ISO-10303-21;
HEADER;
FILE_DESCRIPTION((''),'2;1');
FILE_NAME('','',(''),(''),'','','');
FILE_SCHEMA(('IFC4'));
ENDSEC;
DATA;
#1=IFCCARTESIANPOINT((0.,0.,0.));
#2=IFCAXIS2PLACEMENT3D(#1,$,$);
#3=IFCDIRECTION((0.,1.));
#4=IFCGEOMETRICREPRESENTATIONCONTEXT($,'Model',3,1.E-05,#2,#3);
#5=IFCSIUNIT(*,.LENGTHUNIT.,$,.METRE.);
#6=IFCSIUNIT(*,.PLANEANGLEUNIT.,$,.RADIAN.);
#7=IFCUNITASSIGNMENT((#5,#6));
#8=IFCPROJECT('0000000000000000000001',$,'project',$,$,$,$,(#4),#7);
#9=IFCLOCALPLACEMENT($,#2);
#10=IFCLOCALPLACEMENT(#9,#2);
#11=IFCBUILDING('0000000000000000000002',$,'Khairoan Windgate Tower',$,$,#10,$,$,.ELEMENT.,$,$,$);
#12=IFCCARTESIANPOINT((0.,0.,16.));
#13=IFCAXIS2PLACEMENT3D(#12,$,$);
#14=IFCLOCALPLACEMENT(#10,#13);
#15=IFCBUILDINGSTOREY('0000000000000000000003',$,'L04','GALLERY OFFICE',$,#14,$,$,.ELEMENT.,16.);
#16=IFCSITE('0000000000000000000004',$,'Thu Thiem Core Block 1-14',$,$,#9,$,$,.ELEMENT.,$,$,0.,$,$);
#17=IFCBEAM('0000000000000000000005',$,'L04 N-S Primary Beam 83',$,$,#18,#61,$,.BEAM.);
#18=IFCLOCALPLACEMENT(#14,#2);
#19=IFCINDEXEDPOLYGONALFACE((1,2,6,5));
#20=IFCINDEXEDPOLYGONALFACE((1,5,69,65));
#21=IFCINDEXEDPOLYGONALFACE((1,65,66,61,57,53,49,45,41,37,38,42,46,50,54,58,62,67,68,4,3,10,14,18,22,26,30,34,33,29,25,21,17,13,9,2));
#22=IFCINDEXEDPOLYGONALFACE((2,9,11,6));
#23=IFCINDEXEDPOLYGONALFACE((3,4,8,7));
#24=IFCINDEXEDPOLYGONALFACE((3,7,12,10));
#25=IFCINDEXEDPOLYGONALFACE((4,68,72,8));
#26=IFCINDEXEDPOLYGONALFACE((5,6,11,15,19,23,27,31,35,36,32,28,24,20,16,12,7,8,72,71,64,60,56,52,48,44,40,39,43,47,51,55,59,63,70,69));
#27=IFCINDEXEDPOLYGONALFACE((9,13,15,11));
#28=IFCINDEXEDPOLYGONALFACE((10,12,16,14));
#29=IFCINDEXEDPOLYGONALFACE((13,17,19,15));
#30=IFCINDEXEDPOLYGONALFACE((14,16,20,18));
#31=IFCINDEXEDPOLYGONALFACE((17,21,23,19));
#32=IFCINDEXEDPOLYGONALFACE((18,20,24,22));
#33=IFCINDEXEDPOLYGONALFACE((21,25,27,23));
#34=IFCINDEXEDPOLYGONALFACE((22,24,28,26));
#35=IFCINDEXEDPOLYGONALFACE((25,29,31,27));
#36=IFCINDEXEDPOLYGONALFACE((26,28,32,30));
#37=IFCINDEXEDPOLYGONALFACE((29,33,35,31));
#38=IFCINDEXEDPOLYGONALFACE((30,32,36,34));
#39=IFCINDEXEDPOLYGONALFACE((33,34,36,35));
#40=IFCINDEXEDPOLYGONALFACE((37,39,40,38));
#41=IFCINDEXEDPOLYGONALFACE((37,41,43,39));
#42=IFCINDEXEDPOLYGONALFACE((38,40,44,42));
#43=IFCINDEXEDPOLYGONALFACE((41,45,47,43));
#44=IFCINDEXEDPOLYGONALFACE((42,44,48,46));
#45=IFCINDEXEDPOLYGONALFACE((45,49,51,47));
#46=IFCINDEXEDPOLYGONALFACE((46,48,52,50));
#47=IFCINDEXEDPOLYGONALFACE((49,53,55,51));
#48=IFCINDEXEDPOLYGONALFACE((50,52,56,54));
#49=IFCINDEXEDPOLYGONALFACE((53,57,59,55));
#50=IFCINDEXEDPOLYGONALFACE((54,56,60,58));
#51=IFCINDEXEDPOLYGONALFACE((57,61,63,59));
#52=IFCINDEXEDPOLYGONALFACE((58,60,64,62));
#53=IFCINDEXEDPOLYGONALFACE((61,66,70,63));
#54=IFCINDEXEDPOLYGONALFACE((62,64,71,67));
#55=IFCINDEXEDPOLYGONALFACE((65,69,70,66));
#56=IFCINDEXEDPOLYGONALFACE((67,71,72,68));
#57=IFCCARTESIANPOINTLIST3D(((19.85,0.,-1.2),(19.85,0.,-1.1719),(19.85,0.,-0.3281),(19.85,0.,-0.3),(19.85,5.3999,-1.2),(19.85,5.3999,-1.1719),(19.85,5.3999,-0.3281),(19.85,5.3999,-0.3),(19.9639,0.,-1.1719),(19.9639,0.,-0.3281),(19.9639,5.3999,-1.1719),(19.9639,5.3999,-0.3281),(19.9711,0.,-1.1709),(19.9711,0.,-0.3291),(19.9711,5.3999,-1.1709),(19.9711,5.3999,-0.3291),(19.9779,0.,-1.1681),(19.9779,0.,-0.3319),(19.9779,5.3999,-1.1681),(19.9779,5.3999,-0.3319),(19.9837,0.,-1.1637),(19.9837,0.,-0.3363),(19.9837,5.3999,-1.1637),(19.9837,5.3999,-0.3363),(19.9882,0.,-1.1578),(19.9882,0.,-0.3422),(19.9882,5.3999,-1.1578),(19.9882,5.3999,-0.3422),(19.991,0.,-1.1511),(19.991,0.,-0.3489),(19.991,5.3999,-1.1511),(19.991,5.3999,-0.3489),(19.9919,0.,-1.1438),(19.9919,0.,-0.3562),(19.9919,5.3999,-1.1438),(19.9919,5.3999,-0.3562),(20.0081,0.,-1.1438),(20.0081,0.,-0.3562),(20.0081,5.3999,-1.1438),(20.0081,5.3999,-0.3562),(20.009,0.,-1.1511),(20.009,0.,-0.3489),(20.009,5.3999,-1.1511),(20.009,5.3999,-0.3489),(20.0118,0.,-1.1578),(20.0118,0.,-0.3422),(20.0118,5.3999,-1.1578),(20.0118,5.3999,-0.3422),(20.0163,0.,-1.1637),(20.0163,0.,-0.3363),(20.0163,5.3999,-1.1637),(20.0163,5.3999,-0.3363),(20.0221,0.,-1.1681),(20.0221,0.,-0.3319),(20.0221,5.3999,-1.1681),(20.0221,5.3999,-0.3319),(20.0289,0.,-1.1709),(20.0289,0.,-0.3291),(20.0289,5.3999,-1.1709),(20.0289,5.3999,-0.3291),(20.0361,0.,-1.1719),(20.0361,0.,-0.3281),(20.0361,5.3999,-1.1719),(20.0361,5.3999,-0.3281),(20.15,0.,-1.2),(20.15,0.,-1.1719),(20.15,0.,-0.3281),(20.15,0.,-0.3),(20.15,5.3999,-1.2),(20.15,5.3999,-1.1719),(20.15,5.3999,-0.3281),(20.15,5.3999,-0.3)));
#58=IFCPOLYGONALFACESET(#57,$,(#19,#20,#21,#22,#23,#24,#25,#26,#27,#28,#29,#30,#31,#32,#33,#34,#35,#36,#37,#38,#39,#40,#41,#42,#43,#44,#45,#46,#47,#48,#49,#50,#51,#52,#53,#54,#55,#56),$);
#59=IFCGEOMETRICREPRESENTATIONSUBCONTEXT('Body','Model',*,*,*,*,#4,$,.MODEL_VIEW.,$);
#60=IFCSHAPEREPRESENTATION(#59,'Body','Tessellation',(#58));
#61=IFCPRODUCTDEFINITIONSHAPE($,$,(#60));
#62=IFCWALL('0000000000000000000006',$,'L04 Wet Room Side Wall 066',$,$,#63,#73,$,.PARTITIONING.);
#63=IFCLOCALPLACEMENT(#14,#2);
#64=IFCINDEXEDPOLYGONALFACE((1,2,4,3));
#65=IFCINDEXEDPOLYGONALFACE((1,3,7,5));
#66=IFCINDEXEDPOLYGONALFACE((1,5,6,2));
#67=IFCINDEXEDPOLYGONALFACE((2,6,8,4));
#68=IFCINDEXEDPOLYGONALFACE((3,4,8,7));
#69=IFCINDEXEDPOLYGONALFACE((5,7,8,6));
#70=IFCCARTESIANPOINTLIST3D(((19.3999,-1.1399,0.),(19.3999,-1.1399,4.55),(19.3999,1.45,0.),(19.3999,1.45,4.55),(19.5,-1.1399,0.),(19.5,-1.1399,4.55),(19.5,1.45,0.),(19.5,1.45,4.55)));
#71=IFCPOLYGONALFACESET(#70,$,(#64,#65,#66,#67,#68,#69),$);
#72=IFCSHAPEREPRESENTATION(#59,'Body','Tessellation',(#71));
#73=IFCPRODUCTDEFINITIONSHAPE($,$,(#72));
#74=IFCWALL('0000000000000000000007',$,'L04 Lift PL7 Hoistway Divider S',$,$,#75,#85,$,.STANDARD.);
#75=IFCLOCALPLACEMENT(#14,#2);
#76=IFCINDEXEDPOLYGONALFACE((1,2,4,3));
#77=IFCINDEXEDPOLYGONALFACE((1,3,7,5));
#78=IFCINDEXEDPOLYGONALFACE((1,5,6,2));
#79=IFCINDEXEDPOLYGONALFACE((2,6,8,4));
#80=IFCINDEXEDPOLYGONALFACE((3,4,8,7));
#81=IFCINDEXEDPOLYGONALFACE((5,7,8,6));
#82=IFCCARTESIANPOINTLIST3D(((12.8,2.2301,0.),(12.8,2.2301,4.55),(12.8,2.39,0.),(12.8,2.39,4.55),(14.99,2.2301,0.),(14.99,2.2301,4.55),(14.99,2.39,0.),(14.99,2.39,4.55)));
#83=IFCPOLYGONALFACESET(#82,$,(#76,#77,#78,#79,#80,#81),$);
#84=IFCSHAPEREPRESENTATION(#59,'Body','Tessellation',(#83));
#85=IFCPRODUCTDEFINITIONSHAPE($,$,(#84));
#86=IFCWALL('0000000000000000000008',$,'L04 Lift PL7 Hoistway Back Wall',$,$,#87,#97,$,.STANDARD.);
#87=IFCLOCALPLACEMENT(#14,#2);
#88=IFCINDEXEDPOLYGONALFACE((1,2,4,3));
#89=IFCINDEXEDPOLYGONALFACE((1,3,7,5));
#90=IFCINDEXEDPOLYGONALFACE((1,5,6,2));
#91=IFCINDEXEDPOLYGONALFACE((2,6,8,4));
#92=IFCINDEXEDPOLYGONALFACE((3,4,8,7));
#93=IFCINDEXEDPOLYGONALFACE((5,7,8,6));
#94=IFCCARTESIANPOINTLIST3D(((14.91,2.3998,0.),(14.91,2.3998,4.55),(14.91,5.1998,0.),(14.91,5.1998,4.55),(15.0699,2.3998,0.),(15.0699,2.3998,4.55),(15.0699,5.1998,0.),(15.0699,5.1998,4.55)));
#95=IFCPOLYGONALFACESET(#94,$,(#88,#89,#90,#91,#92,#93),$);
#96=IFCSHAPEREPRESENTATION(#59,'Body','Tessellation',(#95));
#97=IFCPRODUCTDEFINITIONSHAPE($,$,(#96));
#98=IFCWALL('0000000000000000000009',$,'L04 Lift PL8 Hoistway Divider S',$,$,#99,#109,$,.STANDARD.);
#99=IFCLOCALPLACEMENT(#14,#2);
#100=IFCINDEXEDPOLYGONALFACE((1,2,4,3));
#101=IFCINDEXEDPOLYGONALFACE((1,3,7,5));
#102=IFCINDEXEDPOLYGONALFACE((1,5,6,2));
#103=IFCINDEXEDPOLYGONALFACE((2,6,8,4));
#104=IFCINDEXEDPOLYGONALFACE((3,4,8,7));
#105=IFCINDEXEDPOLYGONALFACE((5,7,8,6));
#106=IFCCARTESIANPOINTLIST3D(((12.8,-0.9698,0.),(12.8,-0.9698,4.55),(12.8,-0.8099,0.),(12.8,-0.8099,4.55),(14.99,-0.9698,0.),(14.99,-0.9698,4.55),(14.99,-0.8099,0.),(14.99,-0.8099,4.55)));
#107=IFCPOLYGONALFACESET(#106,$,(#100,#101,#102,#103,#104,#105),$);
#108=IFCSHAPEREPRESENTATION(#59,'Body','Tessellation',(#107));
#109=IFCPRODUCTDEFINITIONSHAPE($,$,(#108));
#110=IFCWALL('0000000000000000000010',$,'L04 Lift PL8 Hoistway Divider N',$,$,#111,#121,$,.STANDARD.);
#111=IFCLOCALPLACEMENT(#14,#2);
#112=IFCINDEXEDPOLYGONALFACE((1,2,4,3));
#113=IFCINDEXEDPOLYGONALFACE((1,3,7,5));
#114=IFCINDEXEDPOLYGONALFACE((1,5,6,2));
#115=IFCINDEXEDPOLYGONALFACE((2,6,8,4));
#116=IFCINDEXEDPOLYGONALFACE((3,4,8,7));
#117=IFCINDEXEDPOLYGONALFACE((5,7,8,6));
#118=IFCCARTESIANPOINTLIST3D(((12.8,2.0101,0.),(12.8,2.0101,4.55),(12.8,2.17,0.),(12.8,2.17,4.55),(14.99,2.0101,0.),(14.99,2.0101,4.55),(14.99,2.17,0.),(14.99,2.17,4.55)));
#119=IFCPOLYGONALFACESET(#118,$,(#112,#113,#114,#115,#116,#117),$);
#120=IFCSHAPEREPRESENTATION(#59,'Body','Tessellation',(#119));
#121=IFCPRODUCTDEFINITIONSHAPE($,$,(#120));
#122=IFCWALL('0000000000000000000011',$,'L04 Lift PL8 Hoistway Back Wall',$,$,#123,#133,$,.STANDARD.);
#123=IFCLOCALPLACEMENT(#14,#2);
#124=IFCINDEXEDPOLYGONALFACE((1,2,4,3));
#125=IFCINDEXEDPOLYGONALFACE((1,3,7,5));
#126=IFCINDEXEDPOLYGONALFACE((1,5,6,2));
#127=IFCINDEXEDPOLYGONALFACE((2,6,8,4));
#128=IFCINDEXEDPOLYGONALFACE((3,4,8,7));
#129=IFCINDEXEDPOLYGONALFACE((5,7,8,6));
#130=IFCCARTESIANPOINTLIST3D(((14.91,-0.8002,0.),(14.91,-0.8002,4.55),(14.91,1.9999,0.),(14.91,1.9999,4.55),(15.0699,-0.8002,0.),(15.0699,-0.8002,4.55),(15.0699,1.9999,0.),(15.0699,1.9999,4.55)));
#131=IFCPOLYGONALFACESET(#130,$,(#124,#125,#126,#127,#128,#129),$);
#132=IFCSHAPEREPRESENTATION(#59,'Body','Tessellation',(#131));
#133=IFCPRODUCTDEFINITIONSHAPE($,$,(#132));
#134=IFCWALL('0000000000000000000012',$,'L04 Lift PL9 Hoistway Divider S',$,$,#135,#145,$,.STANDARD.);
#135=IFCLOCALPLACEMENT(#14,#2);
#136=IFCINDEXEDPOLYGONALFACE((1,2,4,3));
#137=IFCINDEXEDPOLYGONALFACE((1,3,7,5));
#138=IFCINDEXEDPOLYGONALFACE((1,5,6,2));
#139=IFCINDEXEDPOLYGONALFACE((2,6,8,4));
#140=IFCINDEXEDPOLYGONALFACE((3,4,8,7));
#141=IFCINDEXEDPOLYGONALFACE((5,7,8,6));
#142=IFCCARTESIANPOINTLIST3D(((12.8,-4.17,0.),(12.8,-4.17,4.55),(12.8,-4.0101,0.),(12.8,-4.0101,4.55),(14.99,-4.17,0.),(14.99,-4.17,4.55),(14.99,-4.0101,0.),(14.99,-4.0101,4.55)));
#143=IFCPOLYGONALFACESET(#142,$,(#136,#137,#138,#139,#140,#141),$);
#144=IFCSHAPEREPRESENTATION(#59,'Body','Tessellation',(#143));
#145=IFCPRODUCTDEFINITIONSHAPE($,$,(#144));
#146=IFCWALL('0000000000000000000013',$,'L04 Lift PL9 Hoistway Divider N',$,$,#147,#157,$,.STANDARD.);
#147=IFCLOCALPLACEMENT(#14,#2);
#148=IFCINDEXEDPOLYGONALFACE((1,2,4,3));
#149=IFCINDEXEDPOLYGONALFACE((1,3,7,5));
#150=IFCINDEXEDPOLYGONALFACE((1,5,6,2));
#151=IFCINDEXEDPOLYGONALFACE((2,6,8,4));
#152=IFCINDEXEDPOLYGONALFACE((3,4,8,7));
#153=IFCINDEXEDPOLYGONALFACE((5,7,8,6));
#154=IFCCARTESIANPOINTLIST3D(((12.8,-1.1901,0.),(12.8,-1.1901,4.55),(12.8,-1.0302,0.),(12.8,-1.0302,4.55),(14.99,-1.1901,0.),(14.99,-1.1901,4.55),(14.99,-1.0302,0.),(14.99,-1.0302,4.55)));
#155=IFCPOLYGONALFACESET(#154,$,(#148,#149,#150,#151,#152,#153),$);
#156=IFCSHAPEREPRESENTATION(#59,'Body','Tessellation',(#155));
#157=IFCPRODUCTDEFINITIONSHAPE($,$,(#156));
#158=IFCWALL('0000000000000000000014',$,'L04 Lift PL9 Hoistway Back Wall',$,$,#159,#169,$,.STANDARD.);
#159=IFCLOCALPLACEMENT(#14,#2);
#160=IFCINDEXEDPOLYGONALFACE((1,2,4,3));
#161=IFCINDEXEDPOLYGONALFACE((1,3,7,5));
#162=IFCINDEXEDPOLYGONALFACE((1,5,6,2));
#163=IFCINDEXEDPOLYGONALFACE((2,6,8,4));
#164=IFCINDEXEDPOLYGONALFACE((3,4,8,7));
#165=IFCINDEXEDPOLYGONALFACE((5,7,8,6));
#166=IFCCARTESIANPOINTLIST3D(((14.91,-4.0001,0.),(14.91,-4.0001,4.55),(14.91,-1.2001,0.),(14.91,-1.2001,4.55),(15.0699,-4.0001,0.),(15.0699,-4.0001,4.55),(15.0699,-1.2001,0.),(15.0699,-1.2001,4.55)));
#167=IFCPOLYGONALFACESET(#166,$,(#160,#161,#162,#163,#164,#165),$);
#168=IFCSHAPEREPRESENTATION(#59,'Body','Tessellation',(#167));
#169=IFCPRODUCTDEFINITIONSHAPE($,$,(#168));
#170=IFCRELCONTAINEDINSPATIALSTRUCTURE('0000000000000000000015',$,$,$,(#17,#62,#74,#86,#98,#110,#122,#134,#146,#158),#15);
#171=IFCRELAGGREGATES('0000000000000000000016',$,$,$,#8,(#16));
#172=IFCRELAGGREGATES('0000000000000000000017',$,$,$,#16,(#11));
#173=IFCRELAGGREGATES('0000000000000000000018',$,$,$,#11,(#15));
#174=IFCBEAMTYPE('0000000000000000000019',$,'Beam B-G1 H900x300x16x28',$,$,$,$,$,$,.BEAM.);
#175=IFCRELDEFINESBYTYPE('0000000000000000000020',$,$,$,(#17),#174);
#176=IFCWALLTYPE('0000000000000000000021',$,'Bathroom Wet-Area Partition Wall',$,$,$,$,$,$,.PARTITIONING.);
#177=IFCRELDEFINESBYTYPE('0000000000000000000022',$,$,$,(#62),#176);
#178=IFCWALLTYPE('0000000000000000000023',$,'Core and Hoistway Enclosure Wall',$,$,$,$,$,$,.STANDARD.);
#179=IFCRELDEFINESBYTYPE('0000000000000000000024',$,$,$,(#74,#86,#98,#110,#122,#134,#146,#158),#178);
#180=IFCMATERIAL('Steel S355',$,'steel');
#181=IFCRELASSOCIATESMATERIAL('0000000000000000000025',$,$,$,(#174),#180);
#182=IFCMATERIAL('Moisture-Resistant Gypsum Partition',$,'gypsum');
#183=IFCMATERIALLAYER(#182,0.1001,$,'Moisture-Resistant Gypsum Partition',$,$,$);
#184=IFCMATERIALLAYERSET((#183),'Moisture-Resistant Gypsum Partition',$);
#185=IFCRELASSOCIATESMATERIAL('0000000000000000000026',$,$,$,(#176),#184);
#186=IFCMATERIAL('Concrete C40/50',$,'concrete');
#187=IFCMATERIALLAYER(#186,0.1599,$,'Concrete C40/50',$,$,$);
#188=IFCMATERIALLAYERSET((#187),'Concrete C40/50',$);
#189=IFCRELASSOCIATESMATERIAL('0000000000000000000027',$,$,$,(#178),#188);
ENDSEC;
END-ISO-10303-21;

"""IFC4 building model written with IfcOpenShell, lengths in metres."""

from ifc_helpers import new_model, si_unit, direction, frame, frame_2d, origin, origin_2d, place, context, subcontext, project, spatial, rectangle, i_section, extrude, material, layer, layer_set, material_profile, profile_set, type_object, element, save


model = new_model("IFC4")

# Units and contexts
model_context = context("Model", 3, precision=1e-05, world=origin(), true_north=direction((0.0, 1.0)))
body_context = subcontext(model_context, "Body", "Model", "MODEL_VIEW")
ifc_project = project(units=[si_unit("LENGTHUNIT", "METRE"), si_unit("PLANEANGLEUNIT", "RADIAN")], contexts=[model_context])

# Site, building, storey
site_placement = place(None, origin())
site = spatial("IfcSite", under=ifc_project, at=site_placement, Name="Thu Thiem Core Block 1-14", CompositionType="ELEMENT", RefElevation=0.0)
building_placement = place(site_placement, origin())
building = spatial("IfcBuilding", under=site, at=building_placement, Name="Khairoan Windgate Tower", CompositionType="ELEMENT")
storey_placement = place(building_placement, frame((0.0, 0.0, 16.0)))
storey = spatial("IfcBuildingStorey", under=building, at=storey_placement, Name="L04", Description="GALLERY OFFICE", CompositionType="ELEMENT", Elevation=16.0)

# Beam
ifc_material_1 = material(Name="Steel S355", Category="steel")
ifc_material_profile_1 = material_profile(ifc_material_1, i_section(OverallWidth=0.3, OverallDepth=0.8999, WebThickness=0.0161, FlangeThickness=0.0281, FilletRadius=0.0281, at=origin_2d()))
ifc_profile_set_1 = profile_set([ifc_material_profile_1], Name="Steel S355")
beam_type = type_object("IfcBeamType", Name="Beam B-G1 H900x300x16x28", PredefinedType="BEAM", material=ifc_profile_set_1)
beam_1_placement = place(storey_placement, frame((20.0, 0.0, -0.75), z_axis=(0.0, 1.0, 0.0), x_axis=(-1.0, 0.0, 0.0)))
element("IfcBeam", 1, at=beam_1_placement, inside=storey, type_object=beam_type, Name="L04 N-S Primary Beam 83", PredefinedType="BEAM", context=body_context, shape_type="SweptSolid", body=[
    extrude(i_section(OverallWidth=0.3, OverallDepth=0.8999, WebThickness=0.0161, FlangeThickness=0.0281, FilletRadius=0.0281, at=origin_2d()), origin(), (0.0, 0.0, 1.0), 5.3999),
])

# Walls
ifc_material_2 = material(Name="Moisture-Resistant Gypsum Partition", Category="gypsum")
ifc_layer_1 = layer(ifc_material_2, 0.1001, Name="Moisture-Resistant Gypsum Partition")
ifc_layer_set_1 = layer_set([ifc_layer_1], Name="Moisture-Resistant Gypsum Partition")
wall_type_1 = type_object("IfcWallType", Name="Bathroom Wet-Area Partition Wall", PredefinedType="PARTITIONING", material=ifc_layer_set_1)
wall_1_placement = place(storey_placement, frame((19.45, 1.45, 0.0), z_axis=(0.0, 0.0, 1.0), x_axis=(0.0, -1.0, 0.0)))
element("IfcWall", 2, at=wall_1_placement, inside=storey, type_object=wall_type_1, Name="L04 Wet Room Side Wall 066", PredefinedType="PARTITIONING", context=body_context, shape_type="SweptSolid", body=[
    extrude(rectangle(XDim=2.5898, YDim=0.1001, at=frame_2d((1.2949, 0.0))), origin(), (0.0, 0.0, 1.0), 4.55),
])
ifc_material_3 = material(Name="Concrete C40/50", Category="concrete")
ifc_layer_2 = layer(ifc_material_3, 0.1599, Name="Concrete C40/50")
ifc_layer_set_2 = layer_set([ifc_layer_2], Name="Concrete C40/50")
wall_type_2 = type_object("IfcWallType", Name="Core and Hoistway Enclosure Wall", PredefinedType="STANDARD", material=ifc_layer_set_2)
wall_2_placement = place(storey_placement, frame((12.8, 2.3101, 0.0), z_axis=(0.0, 0.0, 1.0), x_axis=(1.0, 0.0, 0.0)))
element("IfcWall", 3, at=wall_2_placement, inside=storey, type_object=wall_type_2, Name="L04 Lift PL7 Hoistway Divider S", PredefinedType="STANDARD", context=body_context, shape_type="SweptSolid", body=[
    extrude(rectangle(XDim=2.1899, YDim=0.1599, at=frame_2d((1.095, 0.0))), origin(), (0.0, 0.0, 1.0), 4.55),
])
wall_3_placement = place(storey_placement, frame((14.99, 2.3999, 0.0), z_axis=(0.0, 0.0, 1.0), x_axis=(0.0, 1.0, 0.0)))
element("IfcWall", 4, at=wall_3_placement, inside=storey, type_object=wall_type_2, Name="L04 Lift PL7 Hoistway Back Wall", PredefinedType="STANDARD", context=body_context, shape_type="SweptSolid", body=[
    extrude(rectangle(XDim=2.8, YDim=0.1599, at=frame_2d((1.3999, 0.0))), origin(), (0.0, 0.0, 1.0), 4.55),
])
for number, where, z_axis, x_axis, name in (
    (5, (12.8, -0.8899, 0.0), (0.0, 0.0, 1.0), (1.0, 0.0, 0.0), "L04 Lift PL8 Hoistway Divider S"),
    (6, (12.8, 2.0901, 0.0), (0.0, 0.0, 1.0), (1.0, 0.0, 0.0), "L04 Lift PL8 Hoistway Divider N"),
):
    element("IfcWall", number, at=place(storey_placement, frame(where, z_axis=z_axis, x_axis=x_axis)), inside=storey, type_object=wall_type_2, Name=name, PredefinedType="STANDARD", context=body_context, shape_type="SweptSolid", body=[
        extrude(rectangle(XDim=2.1899, YDim=0.1599, at=frame_2d((1.095, 0.0))), origin(), (0.0, 0.0, 1.0), 4.55),
    ])
wall_4_placement = place(storey_placement, frame((14.99, -0.8, 0.0), z_axis=(0.0, 0.0, 1.0), x_axis=(0.0, 1.0, 0.0)))
element("IfcWall", 7, at=wall_4_placement, inside=storey, type_object=wall_type_2, Name="L04 Lift PL8 Hoistway Back Wall", PredefinedType="STANDARD", context=body_context, shape_type="SweptSolid", body=[
    extrude(rectangle(XDim=2.8, YDim=0.1599, at=frame_2d((1.3999, 0.0))), origin(), (0.0, 0.0, 1.0), 4.55),
])
for number, where, z_axis, x_axis, name in (
    (8, (12.8, -4.0901, 0.0), (0.0, 0.0, 1.0), (1.0, 0.0, 0.0), "L04 Lift PL9 Hoistway Divider S"),
    (9, (12.8, -1.1101, 0.0), (0.0, 0.0, 1.0), (1.0, 0.0, 0.0), "L04 Lift PL9 Hoistway Divider N"),
):
    element("IfcWall", number, at=place(storey_placement, frame(where, z_axis=z_axis, x_axis=x_axis)), inside=storey, type_object=wall_type_2, Name=name, PredefinedType="STANDARD", context=body_context, shape_type="SweptSolid", body=[
        extrude(rectangle(XDim=2.1899, YDim=0.1599, at=frame_2d((1.095, 0.0))), origin(), (0.0, 0.0, 1.0), 4.55),
    ])
wall_5_placement = place(storey_placement, frame((14.99, -4.0, 0.0), z_axis=(0.0, 0.0, 1.0), x_axis=(0.0, 1.0, 0.0)))
element("IfcWall", 10, at=wall_5_placement, inside=storey, type_object=wall_type_2, Name="L04 Lift PL9 Hoistway Back Wall", PredefinedType="STANDARD", context=body_context, shape_type="SweptSolid", body=[
    extrude(rectangle(XDim=2.8, YDim=0.1599, at=frame_2d((1.3999, 0.0))), origin(), (0.0, 0.0, 1.0), 4.55),
])

save(model, "model.ifc")
